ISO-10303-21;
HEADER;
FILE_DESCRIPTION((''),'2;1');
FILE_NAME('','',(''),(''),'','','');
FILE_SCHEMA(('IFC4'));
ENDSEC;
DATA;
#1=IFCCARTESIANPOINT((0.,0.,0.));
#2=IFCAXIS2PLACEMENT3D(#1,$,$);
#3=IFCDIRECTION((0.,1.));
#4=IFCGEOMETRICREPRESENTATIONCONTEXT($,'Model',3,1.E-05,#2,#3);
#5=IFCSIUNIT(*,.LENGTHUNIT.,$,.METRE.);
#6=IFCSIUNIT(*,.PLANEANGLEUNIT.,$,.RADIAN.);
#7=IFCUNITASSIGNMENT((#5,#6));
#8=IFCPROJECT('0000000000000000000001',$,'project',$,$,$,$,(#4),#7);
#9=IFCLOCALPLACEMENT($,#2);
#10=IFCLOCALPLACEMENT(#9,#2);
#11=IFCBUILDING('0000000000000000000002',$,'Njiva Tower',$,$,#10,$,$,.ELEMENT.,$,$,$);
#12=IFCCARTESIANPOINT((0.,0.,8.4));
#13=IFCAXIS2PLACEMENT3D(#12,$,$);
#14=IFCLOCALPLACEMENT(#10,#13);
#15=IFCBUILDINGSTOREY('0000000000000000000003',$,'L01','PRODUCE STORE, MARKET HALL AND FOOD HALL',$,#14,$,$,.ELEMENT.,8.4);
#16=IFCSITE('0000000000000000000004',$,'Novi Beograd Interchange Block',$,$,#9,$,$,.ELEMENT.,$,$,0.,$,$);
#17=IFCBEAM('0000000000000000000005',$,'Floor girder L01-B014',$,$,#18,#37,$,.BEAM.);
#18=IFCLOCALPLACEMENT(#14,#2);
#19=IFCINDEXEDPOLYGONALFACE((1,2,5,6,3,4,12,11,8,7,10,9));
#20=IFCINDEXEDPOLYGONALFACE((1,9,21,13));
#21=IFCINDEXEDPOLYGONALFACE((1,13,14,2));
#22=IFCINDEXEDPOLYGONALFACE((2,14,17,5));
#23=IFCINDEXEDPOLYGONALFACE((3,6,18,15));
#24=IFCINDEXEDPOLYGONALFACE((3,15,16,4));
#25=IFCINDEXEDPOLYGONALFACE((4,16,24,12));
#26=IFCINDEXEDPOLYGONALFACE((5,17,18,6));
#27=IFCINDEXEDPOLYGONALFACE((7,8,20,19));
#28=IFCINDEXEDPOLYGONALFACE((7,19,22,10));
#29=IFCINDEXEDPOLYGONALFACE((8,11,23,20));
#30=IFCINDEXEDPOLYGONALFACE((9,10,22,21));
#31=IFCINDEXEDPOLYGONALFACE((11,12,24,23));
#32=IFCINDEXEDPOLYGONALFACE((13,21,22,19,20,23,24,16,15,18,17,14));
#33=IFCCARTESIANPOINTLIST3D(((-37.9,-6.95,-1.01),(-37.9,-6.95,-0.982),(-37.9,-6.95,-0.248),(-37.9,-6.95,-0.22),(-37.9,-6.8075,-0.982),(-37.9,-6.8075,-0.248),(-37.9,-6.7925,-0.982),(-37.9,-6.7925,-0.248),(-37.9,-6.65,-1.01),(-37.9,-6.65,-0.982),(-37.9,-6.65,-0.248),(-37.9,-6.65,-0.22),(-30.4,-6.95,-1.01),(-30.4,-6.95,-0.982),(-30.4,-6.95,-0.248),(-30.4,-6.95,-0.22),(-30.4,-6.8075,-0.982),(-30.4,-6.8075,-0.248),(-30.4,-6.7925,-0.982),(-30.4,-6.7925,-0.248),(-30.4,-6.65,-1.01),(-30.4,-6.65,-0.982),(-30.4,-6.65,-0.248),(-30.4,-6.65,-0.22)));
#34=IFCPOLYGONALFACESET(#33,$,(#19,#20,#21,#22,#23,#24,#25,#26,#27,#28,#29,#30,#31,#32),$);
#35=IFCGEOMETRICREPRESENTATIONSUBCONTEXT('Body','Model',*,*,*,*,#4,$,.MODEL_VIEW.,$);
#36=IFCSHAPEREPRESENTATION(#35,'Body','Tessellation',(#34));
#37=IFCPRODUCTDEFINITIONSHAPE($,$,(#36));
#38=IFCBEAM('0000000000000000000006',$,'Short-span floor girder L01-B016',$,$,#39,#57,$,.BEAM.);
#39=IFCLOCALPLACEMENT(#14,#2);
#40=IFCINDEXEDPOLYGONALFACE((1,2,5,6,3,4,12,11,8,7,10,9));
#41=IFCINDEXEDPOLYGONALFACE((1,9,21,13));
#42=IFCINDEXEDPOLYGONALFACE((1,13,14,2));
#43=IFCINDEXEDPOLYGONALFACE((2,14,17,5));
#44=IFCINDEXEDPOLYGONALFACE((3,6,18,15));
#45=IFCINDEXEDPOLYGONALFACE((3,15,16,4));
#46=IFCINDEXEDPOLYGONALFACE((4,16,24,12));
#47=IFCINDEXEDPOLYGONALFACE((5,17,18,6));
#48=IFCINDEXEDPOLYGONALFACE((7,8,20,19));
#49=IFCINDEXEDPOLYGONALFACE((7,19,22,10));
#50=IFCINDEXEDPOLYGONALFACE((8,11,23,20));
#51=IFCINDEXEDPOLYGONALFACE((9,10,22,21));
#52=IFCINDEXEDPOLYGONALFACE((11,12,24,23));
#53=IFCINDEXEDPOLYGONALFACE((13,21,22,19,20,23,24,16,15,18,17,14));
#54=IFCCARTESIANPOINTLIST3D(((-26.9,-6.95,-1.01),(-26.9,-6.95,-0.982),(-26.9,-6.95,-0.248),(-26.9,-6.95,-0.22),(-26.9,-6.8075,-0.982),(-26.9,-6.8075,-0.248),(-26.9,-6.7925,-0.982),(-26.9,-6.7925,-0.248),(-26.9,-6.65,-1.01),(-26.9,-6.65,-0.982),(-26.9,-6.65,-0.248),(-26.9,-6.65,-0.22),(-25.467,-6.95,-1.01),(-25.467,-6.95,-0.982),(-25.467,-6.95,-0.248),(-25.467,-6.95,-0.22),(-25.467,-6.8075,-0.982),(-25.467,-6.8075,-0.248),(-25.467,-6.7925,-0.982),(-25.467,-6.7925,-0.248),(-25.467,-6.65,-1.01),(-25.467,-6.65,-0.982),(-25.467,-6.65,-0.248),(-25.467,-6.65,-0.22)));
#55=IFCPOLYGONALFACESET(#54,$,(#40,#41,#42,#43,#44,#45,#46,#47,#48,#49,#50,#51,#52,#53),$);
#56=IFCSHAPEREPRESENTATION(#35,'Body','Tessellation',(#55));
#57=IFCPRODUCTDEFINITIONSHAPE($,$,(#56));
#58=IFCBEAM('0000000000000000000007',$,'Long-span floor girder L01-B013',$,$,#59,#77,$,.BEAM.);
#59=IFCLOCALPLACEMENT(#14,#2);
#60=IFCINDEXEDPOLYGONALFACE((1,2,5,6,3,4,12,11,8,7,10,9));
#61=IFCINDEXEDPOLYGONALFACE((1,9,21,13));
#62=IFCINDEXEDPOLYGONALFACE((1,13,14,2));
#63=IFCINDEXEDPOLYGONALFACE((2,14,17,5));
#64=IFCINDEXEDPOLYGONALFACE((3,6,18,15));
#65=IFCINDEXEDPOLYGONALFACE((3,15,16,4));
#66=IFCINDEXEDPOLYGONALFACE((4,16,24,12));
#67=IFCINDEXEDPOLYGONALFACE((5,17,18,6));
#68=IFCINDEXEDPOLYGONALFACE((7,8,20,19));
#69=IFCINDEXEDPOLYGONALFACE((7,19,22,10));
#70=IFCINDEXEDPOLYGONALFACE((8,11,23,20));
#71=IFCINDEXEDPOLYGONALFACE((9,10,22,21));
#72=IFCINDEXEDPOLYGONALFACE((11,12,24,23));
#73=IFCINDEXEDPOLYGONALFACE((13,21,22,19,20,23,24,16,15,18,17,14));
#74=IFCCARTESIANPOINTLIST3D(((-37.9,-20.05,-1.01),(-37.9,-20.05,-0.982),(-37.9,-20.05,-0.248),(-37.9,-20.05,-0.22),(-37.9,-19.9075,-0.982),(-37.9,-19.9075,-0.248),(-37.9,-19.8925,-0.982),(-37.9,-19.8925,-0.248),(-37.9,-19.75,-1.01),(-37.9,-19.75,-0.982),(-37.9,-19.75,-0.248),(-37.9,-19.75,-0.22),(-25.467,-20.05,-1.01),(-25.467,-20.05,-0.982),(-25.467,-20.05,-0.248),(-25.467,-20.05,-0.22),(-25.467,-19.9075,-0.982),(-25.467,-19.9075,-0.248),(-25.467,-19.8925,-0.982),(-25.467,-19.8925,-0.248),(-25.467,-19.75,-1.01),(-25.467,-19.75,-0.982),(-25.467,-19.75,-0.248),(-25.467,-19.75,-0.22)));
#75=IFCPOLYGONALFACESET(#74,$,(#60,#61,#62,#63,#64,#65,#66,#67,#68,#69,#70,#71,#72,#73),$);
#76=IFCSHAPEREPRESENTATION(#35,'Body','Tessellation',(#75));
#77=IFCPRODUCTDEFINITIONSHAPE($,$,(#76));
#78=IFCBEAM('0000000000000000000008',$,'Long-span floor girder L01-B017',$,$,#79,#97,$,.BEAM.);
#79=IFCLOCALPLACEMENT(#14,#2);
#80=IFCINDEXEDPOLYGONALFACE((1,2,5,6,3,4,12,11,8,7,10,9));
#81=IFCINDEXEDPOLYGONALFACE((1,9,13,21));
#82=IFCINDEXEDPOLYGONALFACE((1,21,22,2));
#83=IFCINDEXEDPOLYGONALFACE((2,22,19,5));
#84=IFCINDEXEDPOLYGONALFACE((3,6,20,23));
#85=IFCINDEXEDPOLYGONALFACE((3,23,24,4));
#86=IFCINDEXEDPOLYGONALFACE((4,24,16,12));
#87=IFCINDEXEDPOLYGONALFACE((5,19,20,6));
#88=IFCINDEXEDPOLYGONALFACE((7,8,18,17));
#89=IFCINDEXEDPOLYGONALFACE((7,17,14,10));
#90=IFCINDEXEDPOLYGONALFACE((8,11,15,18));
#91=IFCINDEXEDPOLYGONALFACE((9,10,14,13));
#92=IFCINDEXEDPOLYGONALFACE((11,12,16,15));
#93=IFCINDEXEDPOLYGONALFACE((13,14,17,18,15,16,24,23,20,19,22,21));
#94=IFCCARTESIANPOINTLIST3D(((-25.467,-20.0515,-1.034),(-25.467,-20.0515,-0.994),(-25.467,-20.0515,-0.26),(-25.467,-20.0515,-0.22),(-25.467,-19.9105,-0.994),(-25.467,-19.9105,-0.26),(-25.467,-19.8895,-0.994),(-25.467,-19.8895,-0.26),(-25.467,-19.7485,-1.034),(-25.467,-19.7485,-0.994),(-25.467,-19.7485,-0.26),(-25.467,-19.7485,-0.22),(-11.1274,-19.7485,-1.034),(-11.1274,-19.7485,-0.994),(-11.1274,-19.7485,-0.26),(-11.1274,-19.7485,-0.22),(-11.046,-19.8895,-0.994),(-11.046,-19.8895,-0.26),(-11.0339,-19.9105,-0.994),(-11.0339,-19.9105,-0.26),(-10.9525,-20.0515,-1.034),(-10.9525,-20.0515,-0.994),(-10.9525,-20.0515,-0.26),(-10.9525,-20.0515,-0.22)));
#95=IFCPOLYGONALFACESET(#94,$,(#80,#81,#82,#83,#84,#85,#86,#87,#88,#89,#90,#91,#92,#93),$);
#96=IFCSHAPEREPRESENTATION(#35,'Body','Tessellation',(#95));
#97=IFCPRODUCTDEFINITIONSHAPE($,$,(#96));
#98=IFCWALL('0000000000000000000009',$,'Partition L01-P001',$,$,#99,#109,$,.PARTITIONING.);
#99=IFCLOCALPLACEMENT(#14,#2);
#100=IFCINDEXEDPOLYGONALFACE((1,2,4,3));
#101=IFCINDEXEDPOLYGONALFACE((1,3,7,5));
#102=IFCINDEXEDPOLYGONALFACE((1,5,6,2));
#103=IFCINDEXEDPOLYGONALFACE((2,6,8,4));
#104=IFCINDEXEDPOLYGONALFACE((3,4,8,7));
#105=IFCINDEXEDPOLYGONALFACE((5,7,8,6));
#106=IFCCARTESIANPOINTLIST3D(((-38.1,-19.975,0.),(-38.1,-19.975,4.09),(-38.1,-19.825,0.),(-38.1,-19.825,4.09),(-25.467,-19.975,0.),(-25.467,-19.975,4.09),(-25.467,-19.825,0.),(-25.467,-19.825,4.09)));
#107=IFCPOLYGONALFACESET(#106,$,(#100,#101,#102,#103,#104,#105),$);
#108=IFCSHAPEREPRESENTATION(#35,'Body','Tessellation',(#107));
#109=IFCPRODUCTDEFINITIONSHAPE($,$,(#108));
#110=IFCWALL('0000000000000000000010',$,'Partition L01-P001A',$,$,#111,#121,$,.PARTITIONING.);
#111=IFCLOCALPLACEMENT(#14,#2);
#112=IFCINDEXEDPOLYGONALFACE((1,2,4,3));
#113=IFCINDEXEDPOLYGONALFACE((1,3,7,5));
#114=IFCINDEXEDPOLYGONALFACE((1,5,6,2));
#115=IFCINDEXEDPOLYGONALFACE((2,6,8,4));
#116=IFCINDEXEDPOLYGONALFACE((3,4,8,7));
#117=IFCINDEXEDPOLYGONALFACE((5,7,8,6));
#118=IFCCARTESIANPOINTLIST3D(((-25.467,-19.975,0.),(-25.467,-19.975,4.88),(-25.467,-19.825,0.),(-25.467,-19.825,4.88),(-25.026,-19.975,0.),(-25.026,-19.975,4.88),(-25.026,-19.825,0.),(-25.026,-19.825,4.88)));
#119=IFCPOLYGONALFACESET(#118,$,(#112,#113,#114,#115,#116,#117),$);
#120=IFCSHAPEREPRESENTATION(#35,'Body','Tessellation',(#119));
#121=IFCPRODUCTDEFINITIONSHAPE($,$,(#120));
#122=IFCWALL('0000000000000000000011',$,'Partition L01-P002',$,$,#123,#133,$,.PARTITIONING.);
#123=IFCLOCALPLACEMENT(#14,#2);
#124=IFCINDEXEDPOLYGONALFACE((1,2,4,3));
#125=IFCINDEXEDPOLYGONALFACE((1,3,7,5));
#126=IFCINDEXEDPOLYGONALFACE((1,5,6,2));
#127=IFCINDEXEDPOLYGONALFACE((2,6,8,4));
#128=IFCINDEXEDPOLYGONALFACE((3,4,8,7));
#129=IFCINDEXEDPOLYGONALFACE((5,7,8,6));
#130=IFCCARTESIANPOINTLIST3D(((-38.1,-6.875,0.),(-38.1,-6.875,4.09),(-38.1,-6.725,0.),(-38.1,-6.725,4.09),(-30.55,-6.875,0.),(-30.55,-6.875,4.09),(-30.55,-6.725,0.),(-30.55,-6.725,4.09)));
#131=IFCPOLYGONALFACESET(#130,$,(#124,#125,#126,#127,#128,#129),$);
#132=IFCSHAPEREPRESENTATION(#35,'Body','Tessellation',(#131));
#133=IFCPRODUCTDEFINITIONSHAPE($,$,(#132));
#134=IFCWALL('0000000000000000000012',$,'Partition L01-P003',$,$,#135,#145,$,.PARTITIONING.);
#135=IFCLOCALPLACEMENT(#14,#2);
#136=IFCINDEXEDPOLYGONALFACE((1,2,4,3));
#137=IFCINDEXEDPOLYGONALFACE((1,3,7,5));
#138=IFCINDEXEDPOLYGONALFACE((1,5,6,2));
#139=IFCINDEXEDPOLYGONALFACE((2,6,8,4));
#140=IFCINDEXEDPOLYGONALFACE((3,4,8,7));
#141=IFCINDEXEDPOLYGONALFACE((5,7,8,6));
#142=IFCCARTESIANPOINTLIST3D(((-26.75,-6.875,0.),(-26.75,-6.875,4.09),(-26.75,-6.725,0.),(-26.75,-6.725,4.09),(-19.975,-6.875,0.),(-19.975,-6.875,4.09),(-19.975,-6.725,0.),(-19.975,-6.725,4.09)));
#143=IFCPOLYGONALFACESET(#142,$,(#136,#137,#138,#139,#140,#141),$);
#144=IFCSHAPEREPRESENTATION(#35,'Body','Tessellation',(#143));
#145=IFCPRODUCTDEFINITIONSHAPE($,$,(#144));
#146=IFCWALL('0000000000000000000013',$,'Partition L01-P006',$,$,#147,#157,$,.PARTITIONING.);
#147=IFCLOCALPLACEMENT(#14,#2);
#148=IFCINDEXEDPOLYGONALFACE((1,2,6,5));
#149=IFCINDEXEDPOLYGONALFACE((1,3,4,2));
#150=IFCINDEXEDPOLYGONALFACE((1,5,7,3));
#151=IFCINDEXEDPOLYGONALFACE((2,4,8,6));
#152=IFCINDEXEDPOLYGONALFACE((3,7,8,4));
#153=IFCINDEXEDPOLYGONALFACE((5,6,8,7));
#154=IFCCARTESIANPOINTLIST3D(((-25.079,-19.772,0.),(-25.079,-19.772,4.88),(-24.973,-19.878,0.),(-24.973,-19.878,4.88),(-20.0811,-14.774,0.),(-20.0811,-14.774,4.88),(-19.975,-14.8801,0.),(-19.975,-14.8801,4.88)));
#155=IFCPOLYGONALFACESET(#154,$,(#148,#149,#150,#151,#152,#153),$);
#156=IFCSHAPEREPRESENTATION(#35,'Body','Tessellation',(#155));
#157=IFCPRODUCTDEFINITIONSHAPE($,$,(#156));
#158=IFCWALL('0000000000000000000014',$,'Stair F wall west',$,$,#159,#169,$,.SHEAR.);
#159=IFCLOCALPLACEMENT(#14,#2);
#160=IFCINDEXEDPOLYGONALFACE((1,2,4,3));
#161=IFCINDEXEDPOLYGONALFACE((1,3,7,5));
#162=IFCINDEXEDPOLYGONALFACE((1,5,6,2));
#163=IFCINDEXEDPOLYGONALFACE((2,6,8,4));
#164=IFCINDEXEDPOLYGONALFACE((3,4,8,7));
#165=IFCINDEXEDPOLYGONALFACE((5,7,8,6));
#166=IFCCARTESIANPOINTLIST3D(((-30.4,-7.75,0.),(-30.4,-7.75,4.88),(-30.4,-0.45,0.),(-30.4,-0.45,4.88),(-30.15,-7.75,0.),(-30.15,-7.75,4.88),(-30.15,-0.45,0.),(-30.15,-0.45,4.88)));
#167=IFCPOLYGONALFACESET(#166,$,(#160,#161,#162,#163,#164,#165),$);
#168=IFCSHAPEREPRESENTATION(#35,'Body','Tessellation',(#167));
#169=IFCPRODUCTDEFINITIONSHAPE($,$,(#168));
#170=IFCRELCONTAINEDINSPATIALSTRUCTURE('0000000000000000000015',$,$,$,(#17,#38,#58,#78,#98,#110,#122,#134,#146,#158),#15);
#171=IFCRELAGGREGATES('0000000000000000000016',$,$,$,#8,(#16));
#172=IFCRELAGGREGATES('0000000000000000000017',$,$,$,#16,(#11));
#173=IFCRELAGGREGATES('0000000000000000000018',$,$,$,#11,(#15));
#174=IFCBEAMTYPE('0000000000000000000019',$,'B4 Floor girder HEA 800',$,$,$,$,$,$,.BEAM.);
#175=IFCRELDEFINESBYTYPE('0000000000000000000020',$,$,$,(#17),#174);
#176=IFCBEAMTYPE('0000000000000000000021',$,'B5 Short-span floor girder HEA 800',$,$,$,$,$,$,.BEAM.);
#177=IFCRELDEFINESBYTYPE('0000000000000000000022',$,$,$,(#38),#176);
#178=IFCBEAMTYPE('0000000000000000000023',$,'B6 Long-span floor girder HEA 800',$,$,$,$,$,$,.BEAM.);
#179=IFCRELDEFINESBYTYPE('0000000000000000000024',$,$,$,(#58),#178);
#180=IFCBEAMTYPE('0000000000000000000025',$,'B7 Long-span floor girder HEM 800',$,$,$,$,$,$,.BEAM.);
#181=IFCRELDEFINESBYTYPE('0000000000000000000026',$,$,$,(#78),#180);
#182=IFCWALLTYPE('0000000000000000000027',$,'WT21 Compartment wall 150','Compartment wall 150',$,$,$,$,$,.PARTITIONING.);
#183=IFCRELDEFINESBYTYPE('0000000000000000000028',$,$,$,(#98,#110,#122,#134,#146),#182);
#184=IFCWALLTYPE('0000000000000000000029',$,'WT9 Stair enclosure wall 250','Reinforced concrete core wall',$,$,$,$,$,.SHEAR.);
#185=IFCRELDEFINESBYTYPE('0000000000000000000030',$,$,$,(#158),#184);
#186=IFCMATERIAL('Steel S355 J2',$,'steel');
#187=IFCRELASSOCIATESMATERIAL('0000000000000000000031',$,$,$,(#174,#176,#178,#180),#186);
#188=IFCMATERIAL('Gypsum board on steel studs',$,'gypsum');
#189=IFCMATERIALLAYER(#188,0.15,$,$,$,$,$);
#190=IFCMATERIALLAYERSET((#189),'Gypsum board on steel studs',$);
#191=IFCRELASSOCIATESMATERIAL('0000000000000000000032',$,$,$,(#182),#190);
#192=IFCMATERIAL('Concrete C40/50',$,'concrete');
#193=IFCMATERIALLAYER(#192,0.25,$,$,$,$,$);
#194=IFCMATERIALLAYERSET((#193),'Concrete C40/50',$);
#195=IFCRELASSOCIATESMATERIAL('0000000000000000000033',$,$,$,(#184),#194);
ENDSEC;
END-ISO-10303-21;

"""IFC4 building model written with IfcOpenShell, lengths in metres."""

from ifc_helpers import new_model, si_unit, direction, frame, frame_2d, origin, origin_2d, place, context, subcontext, project, spatial, rectangle, i_section, extrude, clip, halfspace, material, layer, layer_set, material_profile, profile_set, type_object, element, save


model = new_model("IFC4")

# Units and contexts
model_context = context("Model", 3, precision=1e-05, world=origin(), true_north=direction((0.0, 1.0)))
body_context = subcontext(model_context, "Body", "Model", "MODEL_VIEW")
ifc_project = project(units=[si_unit("LENGTHUNIT", "METRE"), si_unit("PLANEANGLEUNIT", "RADIAN")], contexts=[model_context])

# Site, building, storey
site_placement = place(None, origin())
site = spatial("IfcSite", under=ifc_project, at=site_placement, Name="Novi Beograd Interchange Block", CompositionType="ELEMENT", RefElevation=0.0)
building_placement = place(site_placement, origin())
building = spatial("IfcBuilding", under=site, at=building_placement, Name="Njiva Tower", CompositionType="ELEMENT")
storey_placement = place(building_placement, frame((0.0, 0.0, 8.4)))
storey = spatial("IfcBuildingStorey", under=building, at=storey_placement, Name="L01", Description="PRODUCE STORE, MARKET HALL AND FOOD HALL", CompositionType="ELEMENT", Elevation=8.4)

# Shared definitions
ifc_material_1 = material(Name="Steel S355 J2", Category="steel")

# Beams
ifc_material_profile_1 = material_profile(ifc_material_1, i_section(OverallWidth=0.3, OverallDepth=0.79, WebThickness=0.015, FlangeThickness=0.028, at=origin_2d()), Name="HEA 800")
ifc_profile_set_1 = profile_set([ifc_material_profile_1], Name="Steel S355 J2")
beam_type_1 = type_object("IfcBeamType", Name="B4 Floor girder HEA 800", PredefinedType="BEAM", material=ifc_profile_set_1)
beam_1_placement = place(storey_placement, frame((-37.9, -6.8, -0.615), z_axis=(1.0, 0.0, 0.0), x_axis=(0.0, 1.0, 0.0)))
element("IfcBeam", 1, at=beam_1_placement, inside=storey, type_object=beam_type_1, Name="Floor girder L01-B014", PredefinedType="BEAM", context=body_context, shape_type="SweptSolid", body=[
    extrude(i_section(OverallWidth=0.3, OverallDepth=0.79, WebThickness=0.015, FlangeThickness=0.028, at=origin_2d()), origin(), (0.0, 0.0, 1.0), 7.5),
])
ifc_material_profile_2 = material_profile(ifc_material_1, i_section(OverallWidth=0.3, OverallDepth=0.79, WebThickness=0.015, FlangeThickness=0.028, at=origin_2d()), Name="HEA 800")
ifc_profile_set_2 = profile_set([ifc_material_profile_2], Name="Steel S355 J2")
beam_type_2 = type_object("IfcBeamType", Name="B5 Short-span floor girder HEA 800", PredefinedType="BEAM", material=ifc_profile_set_2)
beam_2_placement = place(storey_placement, frame((-26.9, -6.8, -0.615), z_axis=(1.0, 0.0, 0.0), x_axis=(0.0, 1.0, 0.0)))
element("IfcBeam", 2, at=beam_2_placement, inside=storey, type_object=beam_type_2, Name="Short-span floor girder L01-B016", PredefinedType="BEAM", context=body_context, shape_type="SweptSolid", body=[
    extrude(i_section(OverallWidth=0.3, OverallDepth=0.79, WebThickness=0.015, FlangeThickness=0.028, at=origin_2d()), origin(), (0.0, 0.0, 1.0), 1.433),
])
ifc_material_profile_3 = material_profile(ifc_material_1, i_section(OverallWidth=0.3, OverallDepth=0.79, WebThickness=0.015, FlangeThickness=0.028, at=origin_2d()), Name="HEA 800")
ifc_profile_set_3 = profile_set([ifc_material_profile_3], Name="Steel S355 J2")
beam_type_3 = type_object("IfcBeamType", Name="B6 Long-span floor girder HEA 800", PredefinedType="BEAM", material=ifc_profile_set_3)
beam_3_placement = place(storey_placement, frame((-37.9, -19.9, -0.615), z_axis=(1.0, 0.0, 0.0), x_axis=(0.0, 1.0, 0.0)))
element("IfcBeam", 3, at=beam_3_placement, inside=storey, type_object=beam_type_3, Name="Long-span floor girder L01-B013", PredefinedType="BEAM", context=body_context, shape_type="SweptSolid", body=[
    extrude(i_section(OverallWidth=0.3, OverallDepth=0.79, WebThickness=0.015, FlangeThickness=0.028, at=origin_2d()), origin(), (0.0, 0.0, 1.0), 12.433),
])
ifc_material_profile_4 = material_profile(ifc_material_1, i_section(OverallWidth=0.303, OverallDepth=0.814, WebThickness=0.021, FlangeThickness=0.04, at=origin_2d()), Name="HEM 800")
ifc_profile_set_4 = profile_set([ifc_material_profile_4], Name="Steel S355 J2")
beam_type_4 = type_object("IfcBeamType", Name="B7 Long-span floor girder HEM 800", PredefinedType="BEAM", material=ifc_profile_set_4)
beam_4_placement = place(storey_placement, frame((-25.467, -19.9, -0.627), z_axis=(1.0, 0.0, 0.0), x_axis=(0.0, 1.0, 0.0)))
element("IfcBeam", 4, at=beam_4_placement, inside=storey, type_object=beam_type_4, Name="Long-span floor girder L01-B017", PredefinedType="BEAM", context=body_context, shape_type="Clipping", body=[
    clip(extrude(i_section(OverallWidth=0.303, OverallDepth=0.814, WebThickness=0.021, FlangeThickness=0.04, at=origin_2d()), origin(), (0.0, 0.0, 1.0), 14.534), halfspace(frame((0.025, 0.0, 14.4126), z_axis=(0.499998, 0.0, 0.866027), x_axis=(0.0, 1.0, 0.0)), False)),
])

# Walls
ifc_material_2 = material(Name="Gypsum board on steel studs", Category="gypsum")
ifc_layer_1 = layer(ifc_material_2, 0.15)
ifc_layer_set_1 = layer_set([ifc_layer_1], Name="Gypsum board on steel studs")
wall_type_1 = type_object("IfcWallType", Name="WT21 Compartment wall 150", Description="Compartment wall 150", PredefinedType="PARTITIONING", material=ifc_layer_set_1)
wall_1_placement = place(storey_placement, frame((-38.1, -19.9, 0.0), z_axis=(0.0, 0.0, 1.0), x_axis=(1.0, 0.0, 0.0)))
element("IfcWall", 5, at=wall_1_placement, inside=storey, type_object=wall_type_1, Name="Partition L01-P001", PredefinedType="PARTITIONING", context=body_context, shape_type="SweptSolid", body=[
    extrude(rectangle(XDim=12.633, YDim=0.15, at=frame_2d((6.3165, 0.0))), origin(), (0.0, 0.0, 1.0), 4.09),
])
wall_2_placement = place(storey_placement, frame((-25.467, -19.9, 0.0), z_axis=(0.0, 0.0, 1.0), x_axis=(1.0, 0.0, 0.0)))
element("IfcWall", 6, at=wall_2_placement, inside=storey, type_object=wall_type_1, Name="Partition L01-P001A", PredefinedType="PARTITIONING", context=body_context, shape_type="SweptSolid", body=[
    extrude(rectangle(XDim=0.441, YDim=0.15, at=frame_2d((0.2205, 0.0))), origin(), (0.0, 0.0, 1.0), 4.88),
])
wall_3_placement = place(storey_placement, frame((-38.1, -6.8, 0.0), z_axis=(0.0, 0.0, 1.0), x_axis=(1.0, 0.0, 0.0)))
element("IfcWall", 7, at=wall_3_placement, inside=storey, type_object=wall_type_1, Name="Partition L01-P002", PredefinedType="PARTITIONING", context=body_context, shape_type="SweptSolid", body=[
    extrude(rectangle(XDim=7.55, YDim=0.15, at=frame_2d((3.775, 0.0))), origin(), (0.0, 0.0, 1.0), 4.09),
])
wall_4_placement = place(storey_placement, frame((-26.75, -6.8, 0.0), z_axis=(0.0, 0.0, 1.0), x_axis=(1.0, 0.0, 0.0)))
element("IfcWall", 8, at=wall_4_placement, inside=storey, type_object=wall_type_1, Name="Partition L01-P003", PredefinedType="PARTITIONING", context=body_context, shape_type="SweptSolid", body=[
    extrude(rectangle(XDim=6.775, YDim=0.15, at=frame_2d((3.3875, 0.0))), origin(), (0.0, 0.0, 1.0), 4.09),
])
wall_5_placement = place(storey_placement, frame((-25.026, -19.825, 0.0), z_axis=(0.0, 0.0, 1.0), x_axis=(0.707107, 0.707107, 0.0)))
element("IfcWall", 9, at=wall_5_placement, inside=storey, type_object=wall_type_1, Name="Partition L01-P006", PredefinedType="PARTITIONING", context=body_context, shape_type="SweptSolid", body=[
    extrude(rectangle(XDim=7.0682, YDim=0.15, at=frame_2d((3.5341, 0.0))), origin(), (0.0, 0.0, 1.0), 4.88),
])
ifc_material_3 = material(Name="Concrete C40/50", Category="concrete")
ifc_layer_2 = layer(ifc_material_3, 0.25)
ifc_layer_set_2 = layer_set([ifc_layer_2], Name="Concrete C40/50")
wall_type_2 = type_object("IfcWallType", Name="WT9 Stair enclosure wall 250", Description="Reinforced concrete core wall", PredefinedType="SHEAR", material=ifc_layer_set_2)
wall_6_placement = place(storey_placement, frame((-30.275, -7.75, 0.0), z_axis=(0.0, 0.0, 1.0), x_axis=(0.0, 1.0, 0.0)))
element("IfcWall", 10, at=wall_6_placement, inside=storey, type_object=wall_type_2, Name="Stair F wall west", PredefinedType="SHEAR", context=body_context, shape_type="SweptSolid", body=[
    extrude(rectangle(XDim=7.3, YDim=0.25, at=frame_2d((3.65, 0.0))), origin(), (0.0, 0.0, 1.0), 4.88),
])

save(model, "model.ifc")
